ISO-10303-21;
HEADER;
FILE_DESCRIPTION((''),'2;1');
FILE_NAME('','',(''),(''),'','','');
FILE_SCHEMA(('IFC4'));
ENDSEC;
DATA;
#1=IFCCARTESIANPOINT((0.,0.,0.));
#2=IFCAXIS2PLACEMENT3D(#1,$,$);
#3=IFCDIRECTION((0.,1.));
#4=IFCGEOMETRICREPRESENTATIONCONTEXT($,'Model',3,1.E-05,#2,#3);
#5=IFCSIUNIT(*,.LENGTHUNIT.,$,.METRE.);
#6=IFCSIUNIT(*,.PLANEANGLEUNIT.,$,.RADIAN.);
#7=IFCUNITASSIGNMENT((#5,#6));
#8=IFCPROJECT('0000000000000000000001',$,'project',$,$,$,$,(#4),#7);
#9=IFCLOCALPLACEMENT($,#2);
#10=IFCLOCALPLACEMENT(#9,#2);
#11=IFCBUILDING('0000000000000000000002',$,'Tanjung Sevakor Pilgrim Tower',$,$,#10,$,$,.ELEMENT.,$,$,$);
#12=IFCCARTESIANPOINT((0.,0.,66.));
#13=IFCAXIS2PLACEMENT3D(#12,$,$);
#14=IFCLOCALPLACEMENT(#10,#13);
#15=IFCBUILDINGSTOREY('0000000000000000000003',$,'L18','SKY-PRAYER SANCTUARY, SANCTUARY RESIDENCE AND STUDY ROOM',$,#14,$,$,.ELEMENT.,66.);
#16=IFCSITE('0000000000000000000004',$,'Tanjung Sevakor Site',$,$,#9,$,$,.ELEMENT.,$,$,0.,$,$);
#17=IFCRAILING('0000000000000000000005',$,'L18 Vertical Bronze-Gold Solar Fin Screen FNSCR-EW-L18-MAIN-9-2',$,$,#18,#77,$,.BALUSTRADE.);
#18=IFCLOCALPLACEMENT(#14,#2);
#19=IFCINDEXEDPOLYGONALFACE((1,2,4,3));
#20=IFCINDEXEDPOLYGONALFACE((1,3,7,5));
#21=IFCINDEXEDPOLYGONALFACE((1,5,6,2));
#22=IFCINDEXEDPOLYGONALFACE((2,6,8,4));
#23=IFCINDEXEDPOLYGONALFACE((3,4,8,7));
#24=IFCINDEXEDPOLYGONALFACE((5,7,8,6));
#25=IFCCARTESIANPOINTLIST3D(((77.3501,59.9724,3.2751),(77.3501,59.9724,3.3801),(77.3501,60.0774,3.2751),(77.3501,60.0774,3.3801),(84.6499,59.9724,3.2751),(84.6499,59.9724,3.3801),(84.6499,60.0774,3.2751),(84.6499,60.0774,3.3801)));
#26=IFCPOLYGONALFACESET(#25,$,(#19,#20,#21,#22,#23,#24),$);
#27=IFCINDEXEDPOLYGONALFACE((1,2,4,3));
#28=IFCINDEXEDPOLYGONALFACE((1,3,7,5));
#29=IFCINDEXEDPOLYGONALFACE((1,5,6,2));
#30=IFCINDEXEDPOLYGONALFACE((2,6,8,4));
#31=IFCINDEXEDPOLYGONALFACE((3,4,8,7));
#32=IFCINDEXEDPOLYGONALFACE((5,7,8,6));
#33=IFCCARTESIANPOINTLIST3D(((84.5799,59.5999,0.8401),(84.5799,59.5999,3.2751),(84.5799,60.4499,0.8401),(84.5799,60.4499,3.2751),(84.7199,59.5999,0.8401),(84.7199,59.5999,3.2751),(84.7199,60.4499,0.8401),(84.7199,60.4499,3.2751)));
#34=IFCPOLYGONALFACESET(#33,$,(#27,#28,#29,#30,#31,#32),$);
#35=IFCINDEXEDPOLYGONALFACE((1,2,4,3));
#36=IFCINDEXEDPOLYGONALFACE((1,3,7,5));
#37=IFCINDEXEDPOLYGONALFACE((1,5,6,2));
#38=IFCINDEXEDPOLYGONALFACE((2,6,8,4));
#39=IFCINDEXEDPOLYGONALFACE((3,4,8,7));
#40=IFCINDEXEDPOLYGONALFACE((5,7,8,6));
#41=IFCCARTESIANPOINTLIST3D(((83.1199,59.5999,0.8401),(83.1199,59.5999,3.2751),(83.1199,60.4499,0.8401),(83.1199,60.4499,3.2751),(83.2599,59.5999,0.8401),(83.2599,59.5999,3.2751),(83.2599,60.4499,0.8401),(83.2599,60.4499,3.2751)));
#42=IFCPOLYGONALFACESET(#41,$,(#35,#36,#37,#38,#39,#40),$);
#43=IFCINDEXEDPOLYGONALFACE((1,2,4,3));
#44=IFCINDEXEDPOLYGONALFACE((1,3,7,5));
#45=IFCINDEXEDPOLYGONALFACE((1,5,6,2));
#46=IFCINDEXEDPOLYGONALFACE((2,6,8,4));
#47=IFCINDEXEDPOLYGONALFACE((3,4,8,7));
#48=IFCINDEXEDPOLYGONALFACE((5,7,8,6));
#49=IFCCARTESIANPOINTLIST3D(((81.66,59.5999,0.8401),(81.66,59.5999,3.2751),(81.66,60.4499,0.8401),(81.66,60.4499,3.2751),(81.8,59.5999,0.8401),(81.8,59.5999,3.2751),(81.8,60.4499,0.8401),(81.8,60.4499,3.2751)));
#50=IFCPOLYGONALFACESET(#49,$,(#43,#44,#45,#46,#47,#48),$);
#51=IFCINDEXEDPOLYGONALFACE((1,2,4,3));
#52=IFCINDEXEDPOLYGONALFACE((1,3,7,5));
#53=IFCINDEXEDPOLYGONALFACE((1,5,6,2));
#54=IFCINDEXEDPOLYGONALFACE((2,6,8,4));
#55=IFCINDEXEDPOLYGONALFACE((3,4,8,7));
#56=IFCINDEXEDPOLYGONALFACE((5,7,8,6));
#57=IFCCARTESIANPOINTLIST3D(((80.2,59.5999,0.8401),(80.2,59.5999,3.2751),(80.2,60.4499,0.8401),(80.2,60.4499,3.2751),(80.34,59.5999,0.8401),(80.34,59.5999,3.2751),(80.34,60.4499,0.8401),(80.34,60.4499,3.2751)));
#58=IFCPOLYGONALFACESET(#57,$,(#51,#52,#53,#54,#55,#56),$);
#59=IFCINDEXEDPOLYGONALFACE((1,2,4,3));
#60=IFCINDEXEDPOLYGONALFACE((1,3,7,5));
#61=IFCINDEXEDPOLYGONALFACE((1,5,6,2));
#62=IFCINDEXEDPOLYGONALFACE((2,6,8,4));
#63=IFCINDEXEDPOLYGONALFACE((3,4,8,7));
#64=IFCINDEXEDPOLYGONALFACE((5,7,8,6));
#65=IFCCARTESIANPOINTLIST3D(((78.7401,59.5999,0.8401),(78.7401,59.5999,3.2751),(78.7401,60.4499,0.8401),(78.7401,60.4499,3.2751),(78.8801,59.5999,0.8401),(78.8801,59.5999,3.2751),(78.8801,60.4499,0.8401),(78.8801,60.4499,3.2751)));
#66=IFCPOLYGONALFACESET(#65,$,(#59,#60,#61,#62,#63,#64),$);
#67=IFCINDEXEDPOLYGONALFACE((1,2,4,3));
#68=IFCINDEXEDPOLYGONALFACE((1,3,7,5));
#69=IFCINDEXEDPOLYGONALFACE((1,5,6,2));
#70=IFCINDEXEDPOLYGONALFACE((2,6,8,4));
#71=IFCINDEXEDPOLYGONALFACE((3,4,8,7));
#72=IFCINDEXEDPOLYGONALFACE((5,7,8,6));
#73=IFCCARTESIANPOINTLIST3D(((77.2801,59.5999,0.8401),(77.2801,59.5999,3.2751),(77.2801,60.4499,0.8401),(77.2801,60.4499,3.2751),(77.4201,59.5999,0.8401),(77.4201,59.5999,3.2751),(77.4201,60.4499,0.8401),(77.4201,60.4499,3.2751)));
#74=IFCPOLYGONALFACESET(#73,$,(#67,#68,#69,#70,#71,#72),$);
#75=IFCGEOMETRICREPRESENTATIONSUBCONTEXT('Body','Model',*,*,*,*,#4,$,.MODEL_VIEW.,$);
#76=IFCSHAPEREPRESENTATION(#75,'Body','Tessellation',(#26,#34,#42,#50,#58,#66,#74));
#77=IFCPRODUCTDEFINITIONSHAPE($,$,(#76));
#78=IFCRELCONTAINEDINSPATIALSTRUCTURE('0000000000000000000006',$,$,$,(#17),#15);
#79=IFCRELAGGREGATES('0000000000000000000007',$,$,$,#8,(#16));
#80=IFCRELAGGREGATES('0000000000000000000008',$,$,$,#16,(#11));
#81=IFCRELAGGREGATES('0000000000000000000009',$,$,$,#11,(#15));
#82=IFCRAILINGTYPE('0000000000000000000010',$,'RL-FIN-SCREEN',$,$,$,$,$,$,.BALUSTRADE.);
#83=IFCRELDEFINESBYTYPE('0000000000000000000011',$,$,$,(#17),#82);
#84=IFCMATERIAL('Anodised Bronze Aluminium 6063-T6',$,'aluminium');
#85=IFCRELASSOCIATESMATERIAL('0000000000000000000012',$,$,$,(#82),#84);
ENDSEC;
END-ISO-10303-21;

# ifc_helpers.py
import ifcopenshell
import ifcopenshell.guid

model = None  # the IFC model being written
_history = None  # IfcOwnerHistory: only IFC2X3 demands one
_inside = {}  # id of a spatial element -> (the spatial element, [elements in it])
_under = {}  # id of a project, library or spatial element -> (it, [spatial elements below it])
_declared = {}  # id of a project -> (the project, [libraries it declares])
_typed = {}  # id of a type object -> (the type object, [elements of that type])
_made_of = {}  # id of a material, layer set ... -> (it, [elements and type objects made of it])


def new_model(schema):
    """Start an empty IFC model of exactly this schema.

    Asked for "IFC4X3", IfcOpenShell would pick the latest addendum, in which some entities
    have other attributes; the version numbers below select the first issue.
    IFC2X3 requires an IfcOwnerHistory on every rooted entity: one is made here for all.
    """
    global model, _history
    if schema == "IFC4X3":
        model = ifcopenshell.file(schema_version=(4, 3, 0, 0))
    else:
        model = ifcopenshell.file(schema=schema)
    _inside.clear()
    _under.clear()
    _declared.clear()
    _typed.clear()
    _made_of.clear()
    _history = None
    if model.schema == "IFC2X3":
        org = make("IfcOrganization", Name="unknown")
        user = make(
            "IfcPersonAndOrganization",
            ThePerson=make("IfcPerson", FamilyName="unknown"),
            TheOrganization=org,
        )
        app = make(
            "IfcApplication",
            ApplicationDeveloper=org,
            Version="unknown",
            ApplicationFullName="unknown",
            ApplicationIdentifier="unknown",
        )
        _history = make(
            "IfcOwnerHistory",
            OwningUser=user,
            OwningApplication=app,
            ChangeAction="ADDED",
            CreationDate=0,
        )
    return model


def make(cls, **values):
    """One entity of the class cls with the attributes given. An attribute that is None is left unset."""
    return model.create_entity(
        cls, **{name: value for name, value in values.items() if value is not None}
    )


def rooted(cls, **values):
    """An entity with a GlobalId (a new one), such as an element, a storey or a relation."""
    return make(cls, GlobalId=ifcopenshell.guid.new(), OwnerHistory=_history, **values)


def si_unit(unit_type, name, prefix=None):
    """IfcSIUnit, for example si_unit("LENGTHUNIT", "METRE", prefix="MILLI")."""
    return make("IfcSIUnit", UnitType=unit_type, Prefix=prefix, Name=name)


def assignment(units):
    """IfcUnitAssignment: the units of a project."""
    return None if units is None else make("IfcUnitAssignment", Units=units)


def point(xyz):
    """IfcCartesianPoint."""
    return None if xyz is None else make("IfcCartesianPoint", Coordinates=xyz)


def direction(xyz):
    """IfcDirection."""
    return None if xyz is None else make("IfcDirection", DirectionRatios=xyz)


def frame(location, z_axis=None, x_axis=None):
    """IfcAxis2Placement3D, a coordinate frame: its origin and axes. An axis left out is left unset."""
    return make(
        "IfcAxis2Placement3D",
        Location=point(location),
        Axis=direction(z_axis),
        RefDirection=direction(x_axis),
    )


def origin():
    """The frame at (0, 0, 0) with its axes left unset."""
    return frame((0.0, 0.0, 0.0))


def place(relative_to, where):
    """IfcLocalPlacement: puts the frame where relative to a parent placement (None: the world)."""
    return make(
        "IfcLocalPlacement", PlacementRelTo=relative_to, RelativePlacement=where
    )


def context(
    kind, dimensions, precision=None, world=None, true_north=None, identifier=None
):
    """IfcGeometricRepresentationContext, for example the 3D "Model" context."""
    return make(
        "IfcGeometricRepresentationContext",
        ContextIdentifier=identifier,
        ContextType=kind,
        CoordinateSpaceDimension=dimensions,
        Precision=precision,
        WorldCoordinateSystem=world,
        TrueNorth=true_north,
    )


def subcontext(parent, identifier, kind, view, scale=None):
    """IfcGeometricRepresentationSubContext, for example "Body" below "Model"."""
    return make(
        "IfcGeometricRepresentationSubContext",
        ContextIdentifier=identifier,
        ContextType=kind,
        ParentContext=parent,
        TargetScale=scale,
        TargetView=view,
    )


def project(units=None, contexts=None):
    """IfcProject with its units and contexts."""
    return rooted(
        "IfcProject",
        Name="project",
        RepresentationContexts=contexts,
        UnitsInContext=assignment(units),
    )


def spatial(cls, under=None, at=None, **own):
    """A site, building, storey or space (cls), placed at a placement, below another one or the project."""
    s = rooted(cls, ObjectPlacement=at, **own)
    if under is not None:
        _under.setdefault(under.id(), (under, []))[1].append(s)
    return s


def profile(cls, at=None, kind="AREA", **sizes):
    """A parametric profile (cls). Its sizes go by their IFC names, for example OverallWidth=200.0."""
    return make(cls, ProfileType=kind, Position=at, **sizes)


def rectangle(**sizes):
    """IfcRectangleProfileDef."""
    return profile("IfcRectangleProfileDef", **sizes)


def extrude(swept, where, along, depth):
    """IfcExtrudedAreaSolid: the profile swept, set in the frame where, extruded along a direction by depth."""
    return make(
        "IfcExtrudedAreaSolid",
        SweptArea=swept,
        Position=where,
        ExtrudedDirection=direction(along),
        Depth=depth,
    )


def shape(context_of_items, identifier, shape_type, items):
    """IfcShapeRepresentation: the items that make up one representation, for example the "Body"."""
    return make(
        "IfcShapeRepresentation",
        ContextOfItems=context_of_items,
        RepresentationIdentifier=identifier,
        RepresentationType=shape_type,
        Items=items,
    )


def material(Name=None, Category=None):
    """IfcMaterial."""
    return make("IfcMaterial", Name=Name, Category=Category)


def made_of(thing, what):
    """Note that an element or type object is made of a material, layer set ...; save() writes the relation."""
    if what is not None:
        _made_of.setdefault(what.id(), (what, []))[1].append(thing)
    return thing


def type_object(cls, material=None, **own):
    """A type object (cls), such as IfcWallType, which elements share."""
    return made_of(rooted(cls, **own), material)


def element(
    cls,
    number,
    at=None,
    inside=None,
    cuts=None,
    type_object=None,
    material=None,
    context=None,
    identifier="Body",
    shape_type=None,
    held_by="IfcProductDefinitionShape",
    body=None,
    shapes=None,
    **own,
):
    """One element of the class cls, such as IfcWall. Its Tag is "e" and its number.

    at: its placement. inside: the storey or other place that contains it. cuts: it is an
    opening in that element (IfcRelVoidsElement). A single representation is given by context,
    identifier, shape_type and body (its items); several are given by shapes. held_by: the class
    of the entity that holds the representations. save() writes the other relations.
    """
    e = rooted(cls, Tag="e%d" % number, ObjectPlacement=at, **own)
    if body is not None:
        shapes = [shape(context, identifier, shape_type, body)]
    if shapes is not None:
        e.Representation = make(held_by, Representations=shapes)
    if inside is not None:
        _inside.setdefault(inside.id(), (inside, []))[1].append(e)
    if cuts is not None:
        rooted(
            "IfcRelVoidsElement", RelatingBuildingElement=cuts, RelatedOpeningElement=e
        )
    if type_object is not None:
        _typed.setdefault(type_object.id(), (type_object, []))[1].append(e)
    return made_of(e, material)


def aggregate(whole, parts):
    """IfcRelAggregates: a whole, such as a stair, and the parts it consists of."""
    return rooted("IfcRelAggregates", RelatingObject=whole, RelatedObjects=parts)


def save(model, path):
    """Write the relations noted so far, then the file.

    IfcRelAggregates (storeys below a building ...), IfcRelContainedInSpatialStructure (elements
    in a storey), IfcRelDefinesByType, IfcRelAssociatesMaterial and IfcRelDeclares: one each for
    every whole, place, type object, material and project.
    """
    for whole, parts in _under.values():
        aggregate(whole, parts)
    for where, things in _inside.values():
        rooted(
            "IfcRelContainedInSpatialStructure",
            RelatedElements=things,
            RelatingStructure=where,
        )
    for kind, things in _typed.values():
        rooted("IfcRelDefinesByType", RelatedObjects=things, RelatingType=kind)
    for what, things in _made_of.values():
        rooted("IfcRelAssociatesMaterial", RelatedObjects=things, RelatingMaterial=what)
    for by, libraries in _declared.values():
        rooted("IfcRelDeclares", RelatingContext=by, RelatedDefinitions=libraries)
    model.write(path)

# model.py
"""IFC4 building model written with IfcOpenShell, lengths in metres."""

from ifc_helpers import new_model, si_unit, direction, frame, origin, place, context, subcontext, project, spatial, rectangle, extrude, material, type_object, element, save


model = new_model("IFC4")

# Units and contexts
model_context = context("Model", 3, precision=1e-05, world=origin(), true_north=direction((0.0, 1.0)))
body_context = subcontext(model_context, "Body", "Model", "MODEL_VIEW")
ifc_project = project(units=[si_unit("LENGTHUNIT", "METRE"), si_unit("PLANEANGLEUNIT", "RADIAN")], contexts=[model_context])

# Site, building, storey
site_placement = place(None, origin())
site = spatial("IfcSite", under=ifc_project, at=site_placement, Name="Tanjung Sevakor Site", CompositionType="ELEMENT", RefElevation=0.0)
building_placement = place(site_placement, origin())
building = spatial("IfcBuilding", under=site, at=building_placement, Name="Tanjung Sevakor Pilgrim Tower", CompositionType="ELEMENT")
storey_placement = place(building_placement, frame((0.0, 0.0, 66.0)))
storey = spatial("IfcBuildingStorey", under=building, at=storey_placement, Name="L18", Description="SKY-PRAYER SANCTUARY, SANCTUARY RESIDENCE AND STUDY ROOM", CompositionType="ELEMENT", Elevation=66.0)

# Railing
ifc_material_1 = material(Name="Anodised Bronze Aluminium 6063-T6", Category="aluminium")
railing_type = type_object("IfcRailingType", Name="RL-FIN-SCREEN", PredefinedType="BALUSTRADE", material=ifc_material_1)
railing_placement = place(storey_placement, frame((84.6499, 60.0249, 0.8401)))
element("IfcRailing", 1, at=railing_placement, inside=storey, type_object=railing_type, Name="L18 Vertical Bronze-Gold Solar Fin Screen FNSCR-EW-L18-MAIN-9-2", PredefinedType="BALUSTRADE", context=body_context, shape_type="SweptSolid", body=[
    extrude(rectangle(XDim=0.105, YDim=0.105), frame((0.0, 0.0, 2.4875), z_axis=(-1.0, 0.0, 0.0), x_axis=(0.0, -1.0, 0.0)), (0.0, 0.0, 1.0), 7.2998),
    extrude(rectangle(XDim=0.14, YDim=0.85), origin(), (0.0, 0.0, 1.0), 2.4351),
    extrude(rectangle(XDim=0.14, YDim=0.85), frame((-1.46, 0.0, 0.0)), (0.0, 0.0, 1.0), 2.4351),
    extrude(rectangle(XDim=0.14, YDim=0.85), frame((-2.9199, 0.0, 0.0)), (0.0, 0.0, 1.0), 2.4351),
    extrude(rectangle(XDim=0.14, YDim=0.85), frame((-4.3799, 0.0, 0.0)), (0.0, 0.0, 1.0), 2.4351),
    extrude(rectangle(XDim=0.14, YDim=0.85), frame((-5.8398, 0.0, 0.0)), (0.0, 0.0, 1.0), 2.4351),
    extrude(rectangle(XDim=0.14, YDim=0.85), frame((-7.2998, 0.0, 0.0)), (0.0, 0.0, 1.0), 2.4351),
])

save(model, "model.ifc")
